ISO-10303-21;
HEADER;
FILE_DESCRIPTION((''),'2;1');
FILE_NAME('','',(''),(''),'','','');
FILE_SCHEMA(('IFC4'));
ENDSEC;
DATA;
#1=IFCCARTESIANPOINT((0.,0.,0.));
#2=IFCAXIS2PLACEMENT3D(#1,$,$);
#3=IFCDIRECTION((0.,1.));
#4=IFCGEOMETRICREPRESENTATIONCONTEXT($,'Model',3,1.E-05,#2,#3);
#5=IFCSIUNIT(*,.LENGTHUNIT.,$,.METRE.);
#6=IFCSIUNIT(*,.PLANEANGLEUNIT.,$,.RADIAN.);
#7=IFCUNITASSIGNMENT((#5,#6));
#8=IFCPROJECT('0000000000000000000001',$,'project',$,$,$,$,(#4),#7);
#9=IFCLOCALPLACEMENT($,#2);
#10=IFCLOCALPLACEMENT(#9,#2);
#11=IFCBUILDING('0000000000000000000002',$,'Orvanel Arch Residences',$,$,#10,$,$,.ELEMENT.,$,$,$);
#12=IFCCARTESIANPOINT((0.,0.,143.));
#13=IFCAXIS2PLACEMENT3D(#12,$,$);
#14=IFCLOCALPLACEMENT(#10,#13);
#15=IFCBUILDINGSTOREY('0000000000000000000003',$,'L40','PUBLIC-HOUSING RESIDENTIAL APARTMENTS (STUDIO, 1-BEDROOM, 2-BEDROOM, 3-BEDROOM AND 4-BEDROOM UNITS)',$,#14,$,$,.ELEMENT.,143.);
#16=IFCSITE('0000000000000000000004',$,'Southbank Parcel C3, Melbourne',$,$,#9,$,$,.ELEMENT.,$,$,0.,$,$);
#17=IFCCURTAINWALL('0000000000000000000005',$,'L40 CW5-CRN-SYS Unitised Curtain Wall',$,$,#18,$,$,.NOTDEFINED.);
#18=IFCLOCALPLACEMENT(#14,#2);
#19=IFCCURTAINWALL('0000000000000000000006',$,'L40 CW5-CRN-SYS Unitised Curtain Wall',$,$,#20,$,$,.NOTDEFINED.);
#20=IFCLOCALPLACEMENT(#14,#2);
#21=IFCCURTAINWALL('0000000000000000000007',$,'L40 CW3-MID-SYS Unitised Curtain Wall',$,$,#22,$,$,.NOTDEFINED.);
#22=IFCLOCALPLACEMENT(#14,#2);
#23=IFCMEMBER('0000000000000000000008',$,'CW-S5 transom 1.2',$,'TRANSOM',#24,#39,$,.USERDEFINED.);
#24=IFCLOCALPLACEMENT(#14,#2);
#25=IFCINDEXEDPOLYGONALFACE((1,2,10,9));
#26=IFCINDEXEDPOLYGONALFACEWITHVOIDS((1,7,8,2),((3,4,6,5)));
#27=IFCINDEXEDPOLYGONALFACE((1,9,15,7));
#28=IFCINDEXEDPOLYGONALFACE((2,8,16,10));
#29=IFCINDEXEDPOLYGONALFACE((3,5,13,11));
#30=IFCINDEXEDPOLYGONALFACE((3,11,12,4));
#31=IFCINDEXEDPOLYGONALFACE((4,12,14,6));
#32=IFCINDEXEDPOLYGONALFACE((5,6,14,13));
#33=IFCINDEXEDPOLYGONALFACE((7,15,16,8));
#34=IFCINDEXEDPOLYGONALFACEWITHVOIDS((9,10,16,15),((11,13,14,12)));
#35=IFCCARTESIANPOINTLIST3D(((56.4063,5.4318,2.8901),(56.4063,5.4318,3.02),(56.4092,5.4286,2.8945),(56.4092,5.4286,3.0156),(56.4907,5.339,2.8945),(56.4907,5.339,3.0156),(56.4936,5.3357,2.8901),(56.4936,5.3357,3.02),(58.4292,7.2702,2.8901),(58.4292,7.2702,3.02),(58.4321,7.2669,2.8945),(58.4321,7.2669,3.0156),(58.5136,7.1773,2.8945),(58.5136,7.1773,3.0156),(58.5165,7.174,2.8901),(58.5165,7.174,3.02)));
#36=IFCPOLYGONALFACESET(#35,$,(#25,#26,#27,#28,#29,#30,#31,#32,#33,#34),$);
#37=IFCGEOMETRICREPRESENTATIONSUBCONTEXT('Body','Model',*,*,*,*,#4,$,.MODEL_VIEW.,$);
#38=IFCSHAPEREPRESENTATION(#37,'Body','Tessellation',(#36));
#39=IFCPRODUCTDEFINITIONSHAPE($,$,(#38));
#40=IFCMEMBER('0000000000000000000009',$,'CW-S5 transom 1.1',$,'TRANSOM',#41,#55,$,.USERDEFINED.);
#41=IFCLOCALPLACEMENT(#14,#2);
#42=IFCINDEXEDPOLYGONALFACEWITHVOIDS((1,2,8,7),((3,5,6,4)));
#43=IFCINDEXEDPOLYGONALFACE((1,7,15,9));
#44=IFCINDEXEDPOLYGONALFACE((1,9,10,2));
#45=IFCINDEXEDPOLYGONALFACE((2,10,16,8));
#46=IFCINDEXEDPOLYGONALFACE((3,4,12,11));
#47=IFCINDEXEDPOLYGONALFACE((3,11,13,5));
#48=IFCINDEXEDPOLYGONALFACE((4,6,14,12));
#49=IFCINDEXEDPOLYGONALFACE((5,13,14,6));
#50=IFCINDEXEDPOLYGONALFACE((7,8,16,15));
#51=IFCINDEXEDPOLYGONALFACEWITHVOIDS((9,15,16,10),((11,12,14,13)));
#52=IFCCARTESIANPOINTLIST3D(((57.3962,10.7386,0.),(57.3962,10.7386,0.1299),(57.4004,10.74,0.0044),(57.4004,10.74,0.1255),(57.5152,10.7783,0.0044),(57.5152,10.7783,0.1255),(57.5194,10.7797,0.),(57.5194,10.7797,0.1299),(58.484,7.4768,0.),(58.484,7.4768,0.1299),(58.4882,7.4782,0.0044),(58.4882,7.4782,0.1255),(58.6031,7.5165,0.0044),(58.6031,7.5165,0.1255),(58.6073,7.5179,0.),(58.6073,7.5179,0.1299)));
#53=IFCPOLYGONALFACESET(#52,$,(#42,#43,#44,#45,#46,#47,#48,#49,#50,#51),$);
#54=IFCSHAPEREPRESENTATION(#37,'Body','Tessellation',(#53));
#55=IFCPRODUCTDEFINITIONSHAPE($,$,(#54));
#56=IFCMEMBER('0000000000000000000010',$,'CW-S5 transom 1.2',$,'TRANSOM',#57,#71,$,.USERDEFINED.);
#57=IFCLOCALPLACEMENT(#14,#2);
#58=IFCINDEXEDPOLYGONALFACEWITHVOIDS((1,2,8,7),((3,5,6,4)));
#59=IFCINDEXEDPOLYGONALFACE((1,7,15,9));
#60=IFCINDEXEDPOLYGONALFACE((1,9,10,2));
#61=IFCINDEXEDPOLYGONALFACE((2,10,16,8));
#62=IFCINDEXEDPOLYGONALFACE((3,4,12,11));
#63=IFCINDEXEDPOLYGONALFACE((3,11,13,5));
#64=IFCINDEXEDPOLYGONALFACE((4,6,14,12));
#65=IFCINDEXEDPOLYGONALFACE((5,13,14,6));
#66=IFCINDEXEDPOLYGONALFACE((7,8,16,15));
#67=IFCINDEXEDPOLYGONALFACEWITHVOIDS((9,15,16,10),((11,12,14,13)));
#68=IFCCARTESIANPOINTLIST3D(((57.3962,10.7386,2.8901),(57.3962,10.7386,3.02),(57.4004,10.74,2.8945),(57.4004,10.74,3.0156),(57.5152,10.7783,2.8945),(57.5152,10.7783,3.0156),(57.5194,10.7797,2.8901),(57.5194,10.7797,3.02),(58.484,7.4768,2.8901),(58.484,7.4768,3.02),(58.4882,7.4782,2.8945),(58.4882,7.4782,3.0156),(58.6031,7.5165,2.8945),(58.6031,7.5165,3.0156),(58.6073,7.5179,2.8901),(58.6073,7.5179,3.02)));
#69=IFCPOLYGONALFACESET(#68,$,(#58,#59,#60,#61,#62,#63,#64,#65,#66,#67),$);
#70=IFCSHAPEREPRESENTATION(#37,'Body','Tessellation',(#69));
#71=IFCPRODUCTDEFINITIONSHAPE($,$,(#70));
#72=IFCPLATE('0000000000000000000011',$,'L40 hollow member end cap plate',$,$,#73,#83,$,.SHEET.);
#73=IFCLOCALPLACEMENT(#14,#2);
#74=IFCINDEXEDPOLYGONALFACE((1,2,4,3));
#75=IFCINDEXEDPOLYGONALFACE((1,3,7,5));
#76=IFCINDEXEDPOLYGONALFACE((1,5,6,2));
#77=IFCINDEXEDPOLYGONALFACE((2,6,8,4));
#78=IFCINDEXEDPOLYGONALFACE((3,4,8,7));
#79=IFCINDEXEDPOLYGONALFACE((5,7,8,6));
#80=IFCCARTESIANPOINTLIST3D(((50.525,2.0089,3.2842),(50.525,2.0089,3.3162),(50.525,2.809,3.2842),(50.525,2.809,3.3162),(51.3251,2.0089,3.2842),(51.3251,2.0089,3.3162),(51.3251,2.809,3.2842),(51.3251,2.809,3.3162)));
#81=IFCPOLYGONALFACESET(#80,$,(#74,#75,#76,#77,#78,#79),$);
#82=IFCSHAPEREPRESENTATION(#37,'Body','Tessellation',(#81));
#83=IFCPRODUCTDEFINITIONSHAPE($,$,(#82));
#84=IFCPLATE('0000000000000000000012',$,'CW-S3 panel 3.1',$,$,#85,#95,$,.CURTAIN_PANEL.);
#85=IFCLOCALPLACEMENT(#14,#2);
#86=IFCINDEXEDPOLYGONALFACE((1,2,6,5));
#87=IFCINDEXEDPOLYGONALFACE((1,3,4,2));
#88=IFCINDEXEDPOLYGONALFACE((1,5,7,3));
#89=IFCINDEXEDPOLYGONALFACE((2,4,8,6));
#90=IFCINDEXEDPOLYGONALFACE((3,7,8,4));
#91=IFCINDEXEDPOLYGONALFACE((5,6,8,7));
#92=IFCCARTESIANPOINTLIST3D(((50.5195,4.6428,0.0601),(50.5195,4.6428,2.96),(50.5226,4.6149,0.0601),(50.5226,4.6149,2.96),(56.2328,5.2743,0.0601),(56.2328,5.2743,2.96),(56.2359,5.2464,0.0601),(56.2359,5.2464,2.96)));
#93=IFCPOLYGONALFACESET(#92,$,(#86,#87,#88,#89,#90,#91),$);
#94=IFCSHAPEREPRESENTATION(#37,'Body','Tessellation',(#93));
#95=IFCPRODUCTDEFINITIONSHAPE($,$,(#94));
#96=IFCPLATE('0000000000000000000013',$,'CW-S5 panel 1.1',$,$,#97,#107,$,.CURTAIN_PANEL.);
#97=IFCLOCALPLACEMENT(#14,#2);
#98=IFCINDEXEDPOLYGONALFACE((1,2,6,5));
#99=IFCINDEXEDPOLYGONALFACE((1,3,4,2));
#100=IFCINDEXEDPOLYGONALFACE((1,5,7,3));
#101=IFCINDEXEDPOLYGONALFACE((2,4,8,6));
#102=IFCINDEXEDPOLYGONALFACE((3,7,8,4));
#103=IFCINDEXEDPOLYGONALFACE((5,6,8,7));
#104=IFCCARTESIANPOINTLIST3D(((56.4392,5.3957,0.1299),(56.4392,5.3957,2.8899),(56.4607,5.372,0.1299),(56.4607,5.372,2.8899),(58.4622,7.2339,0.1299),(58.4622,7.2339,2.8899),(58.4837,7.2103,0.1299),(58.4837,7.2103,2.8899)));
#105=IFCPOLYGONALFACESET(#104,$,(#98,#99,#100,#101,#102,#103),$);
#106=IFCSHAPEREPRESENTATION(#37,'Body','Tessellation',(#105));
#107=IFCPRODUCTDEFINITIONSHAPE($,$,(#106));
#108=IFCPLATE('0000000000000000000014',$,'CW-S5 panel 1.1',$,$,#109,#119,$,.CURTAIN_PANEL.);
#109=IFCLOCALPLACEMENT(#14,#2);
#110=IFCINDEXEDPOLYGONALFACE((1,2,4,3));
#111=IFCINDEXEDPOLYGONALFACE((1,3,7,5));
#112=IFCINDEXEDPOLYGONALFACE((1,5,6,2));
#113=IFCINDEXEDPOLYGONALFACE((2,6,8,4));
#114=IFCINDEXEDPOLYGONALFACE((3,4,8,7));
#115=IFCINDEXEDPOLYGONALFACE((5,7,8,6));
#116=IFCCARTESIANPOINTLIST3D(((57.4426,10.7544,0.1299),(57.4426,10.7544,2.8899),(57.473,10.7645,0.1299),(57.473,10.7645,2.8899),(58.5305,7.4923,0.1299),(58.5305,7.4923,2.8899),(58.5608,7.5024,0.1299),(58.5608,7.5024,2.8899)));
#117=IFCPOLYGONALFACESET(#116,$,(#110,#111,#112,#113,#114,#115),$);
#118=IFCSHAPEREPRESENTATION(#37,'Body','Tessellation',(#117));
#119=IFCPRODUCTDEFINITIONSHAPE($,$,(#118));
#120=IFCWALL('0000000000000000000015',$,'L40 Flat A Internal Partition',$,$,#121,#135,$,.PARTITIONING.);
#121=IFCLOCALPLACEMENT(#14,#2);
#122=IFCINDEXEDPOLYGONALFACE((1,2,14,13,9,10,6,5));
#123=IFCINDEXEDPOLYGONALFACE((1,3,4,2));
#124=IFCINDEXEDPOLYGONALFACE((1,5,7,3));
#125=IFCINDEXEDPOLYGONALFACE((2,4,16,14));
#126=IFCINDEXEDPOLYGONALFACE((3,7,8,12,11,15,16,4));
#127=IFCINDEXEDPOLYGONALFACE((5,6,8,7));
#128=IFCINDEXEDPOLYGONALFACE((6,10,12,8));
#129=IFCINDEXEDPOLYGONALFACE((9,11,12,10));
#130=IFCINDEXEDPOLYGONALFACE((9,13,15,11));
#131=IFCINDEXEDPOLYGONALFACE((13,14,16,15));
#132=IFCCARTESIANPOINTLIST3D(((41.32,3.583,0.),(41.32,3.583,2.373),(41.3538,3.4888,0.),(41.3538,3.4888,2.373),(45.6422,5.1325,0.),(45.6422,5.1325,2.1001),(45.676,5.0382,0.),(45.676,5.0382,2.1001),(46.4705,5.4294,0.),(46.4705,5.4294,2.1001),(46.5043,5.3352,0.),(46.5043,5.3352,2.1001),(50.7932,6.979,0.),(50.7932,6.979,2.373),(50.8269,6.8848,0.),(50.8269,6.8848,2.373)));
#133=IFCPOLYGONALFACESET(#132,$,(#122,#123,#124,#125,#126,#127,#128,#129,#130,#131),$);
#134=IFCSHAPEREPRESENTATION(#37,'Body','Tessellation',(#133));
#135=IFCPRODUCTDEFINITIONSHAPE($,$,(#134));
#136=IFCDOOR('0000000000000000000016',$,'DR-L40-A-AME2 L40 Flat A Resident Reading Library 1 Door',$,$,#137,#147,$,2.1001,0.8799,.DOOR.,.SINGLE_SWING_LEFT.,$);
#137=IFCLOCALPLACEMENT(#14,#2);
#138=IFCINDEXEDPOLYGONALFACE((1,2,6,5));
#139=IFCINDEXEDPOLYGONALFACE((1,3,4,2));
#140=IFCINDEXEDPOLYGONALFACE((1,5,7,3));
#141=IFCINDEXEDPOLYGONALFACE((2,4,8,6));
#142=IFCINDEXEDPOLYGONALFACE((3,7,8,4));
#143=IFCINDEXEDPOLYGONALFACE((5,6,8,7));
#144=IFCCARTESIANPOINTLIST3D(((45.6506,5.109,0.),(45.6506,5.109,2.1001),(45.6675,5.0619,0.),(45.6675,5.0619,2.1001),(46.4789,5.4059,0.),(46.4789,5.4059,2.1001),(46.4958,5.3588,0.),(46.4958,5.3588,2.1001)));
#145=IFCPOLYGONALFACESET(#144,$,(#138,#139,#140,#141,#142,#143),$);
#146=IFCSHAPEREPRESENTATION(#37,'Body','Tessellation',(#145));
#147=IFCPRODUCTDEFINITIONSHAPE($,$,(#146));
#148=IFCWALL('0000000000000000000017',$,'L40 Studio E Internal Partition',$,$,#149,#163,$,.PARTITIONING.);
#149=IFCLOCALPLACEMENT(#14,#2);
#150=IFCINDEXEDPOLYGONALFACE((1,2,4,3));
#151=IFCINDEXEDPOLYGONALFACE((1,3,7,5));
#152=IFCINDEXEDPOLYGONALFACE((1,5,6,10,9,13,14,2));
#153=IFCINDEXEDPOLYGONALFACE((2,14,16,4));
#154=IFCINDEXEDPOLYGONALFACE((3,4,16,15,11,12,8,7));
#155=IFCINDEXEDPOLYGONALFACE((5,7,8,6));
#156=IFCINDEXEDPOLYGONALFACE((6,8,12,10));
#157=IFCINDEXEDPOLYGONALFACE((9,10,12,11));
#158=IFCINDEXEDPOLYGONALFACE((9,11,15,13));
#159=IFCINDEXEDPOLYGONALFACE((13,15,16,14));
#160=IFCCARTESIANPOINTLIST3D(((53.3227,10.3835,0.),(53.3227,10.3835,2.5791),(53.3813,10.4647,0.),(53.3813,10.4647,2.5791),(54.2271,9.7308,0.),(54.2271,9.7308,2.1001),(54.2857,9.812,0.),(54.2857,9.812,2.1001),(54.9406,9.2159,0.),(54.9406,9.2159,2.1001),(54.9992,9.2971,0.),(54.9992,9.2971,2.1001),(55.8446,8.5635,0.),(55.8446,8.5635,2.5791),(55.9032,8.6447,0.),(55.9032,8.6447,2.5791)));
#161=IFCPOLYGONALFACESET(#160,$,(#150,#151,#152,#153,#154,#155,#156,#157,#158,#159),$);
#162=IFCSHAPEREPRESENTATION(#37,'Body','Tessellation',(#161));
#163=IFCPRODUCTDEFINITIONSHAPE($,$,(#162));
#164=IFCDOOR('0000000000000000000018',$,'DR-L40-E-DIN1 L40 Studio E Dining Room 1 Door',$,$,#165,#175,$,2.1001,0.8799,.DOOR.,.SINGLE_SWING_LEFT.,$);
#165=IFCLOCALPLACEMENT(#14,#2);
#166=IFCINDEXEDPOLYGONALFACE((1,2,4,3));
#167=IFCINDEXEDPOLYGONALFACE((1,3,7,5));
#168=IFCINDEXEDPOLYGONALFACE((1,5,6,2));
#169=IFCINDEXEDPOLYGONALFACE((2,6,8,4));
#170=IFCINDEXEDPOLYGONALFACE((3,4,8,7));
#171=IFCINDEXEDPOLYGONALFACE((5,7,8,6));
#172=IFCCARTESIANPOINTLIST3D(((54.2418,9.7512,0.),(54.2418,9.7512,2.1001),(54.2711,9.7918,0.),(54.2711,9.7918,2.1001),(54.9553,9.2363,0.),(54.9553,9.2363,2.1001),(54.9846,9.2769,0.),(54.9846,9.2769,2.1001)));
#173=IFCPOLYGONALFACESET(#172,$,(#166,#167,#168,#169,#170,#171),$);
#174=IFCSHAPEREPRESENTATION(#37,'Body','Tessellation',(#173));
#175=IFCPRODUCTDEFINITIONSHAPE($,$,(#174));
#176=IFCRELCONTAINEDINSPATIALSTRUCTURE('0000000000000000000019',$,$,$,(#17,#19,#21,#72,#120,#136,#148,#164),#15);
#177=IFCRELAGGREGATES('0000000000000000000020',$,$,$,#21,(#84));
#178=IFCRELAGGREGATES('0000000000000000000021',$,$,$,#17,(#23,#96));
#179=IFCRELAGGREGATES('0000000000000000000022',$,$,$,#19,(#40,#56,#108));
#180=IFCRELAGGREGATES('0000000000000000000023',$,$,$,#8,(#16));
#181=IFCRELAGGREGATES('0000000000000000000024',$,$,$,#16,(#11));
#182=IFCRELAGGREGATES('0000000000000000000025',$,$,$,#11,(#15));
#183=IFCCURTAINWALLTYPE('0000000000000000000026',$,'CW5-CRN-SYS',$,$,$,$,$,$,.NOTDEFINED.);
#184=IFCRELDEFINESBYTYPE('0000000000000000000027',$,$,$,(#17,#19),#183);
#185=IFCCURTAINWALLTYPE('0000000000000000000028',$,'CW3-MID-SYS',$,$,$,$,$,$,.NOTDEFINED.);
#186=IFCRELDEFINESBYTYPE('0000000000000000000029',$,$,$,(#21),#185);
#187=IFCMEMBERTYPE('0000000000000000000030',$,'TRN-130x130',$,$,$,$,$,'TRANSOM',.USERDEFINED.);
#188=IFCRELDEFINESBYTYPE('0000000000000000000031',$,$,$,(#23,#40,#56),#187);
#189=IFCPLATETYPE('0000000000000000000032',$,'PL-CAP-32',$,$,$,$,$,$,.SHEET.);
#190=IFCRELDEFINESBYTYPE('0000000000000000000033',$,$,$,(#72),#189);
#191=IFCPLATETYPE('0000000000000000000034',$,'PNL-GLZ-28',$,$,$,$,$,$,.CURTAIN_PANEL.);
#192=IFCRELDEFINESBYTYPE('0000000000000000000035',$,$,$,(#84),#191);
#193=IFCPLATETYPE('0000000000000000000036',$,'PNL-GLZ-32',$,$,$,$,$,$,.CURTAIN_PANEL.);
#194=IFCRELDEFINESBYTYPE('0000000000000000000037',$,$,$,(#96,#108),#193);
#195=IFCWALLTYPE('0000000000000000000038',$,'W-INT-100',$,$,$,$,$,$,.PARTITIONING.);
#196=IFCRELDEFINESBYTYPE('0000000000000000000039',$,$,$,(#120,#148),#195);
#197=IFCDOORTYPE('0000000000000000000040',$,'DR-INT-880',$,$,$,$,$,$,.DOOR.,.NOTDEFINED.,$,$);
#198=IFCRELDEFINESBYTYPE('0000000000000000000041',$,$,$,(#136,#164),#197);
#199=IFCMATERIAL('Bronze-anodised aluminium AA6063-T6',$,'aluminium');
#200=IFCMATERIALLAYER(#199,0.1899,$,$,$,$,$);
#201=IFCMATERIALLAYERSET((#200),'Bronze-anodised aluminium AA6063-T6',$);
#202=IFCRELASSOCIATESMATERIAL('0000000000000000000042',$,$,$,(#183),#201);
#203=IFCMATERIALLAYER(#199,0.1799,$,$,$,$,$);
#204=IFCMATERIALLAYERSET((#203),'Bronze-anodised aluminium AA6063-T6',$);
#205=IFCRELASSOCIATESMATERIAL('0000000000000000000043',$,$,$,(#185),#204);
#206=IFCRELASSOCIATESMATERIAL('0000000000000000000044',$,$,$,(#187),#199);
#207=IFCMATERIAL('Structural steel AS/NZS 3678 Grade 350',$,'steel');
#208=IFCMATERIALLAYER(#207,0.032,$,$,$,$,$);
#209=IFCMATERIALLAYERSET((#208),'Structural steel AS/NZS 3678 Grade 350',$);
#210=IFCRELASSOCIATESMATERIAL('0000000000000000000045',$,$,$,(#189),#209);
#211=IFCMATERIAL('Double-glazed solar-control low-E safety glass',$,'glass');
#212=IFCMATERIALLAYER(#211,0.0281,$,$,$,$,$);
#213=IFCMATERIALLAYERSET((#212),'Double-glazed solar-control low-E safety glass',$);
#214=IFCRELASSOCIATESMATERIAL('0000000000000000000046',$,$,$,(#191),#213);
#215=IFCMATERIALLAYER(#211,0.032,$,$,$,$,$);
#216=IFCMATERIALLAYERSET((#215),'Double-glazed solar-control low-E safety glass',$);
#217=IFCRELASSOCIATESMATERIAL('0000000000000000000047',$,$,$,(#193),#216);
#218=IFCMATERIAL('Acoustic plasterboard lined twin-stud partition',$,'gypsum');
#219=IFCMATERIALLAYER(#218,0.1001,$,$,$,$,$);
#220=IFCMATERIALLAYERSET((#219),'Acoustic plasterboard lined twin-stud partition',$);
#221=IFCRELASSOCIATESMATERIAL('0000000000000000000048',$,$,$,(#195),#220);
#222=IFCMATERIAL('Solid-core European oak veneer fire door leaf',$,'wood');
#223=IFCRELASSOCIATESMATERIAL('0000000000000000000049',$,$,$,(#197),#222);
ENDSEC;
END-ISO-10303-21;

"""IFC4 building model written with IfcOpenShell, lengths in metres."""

from ifc_helpers import new_model, si_unit, direction, frame, frame_2d, origin, origin_2d, place, context, subcontext, project, spatial, rectangle, hollow_rectangle, extrude, material, layer, layer_set, material_profile, profile_set, type_object, element, fill, aggregate, save


model = new_model("IFC4")

# Units and contexts
model_context = context("Model", 3, precision=1e-05, world=origin(), true_north=direction((0.0, 1.0)))
body_context = subcontext(model_context, "Body", "Model", "MODEL_VIEW")
ifc_project = project(units=[si_unit("LENGTHUNIT", "METRE"), si_unit("PLANEANGLEUNIT", "RADIAN")], contexts=[model_context])

# Site, building, storey
site_placement = place(None, origin())
site = spatial("IfcSite", under=ifc_project, at=site_placement, Name="Southbank Parcel C3, Melbourne", CompositionType="ELEMENT", RefElevation=0.0)
building_placement = place(site_placement, origin())
building = spatial("IfcBuilding", under=site, at=building_placement, Name="Orvanel Arch Residences", CompositionType="ELEMENT")
storey_placement = place(building_placement, frame((0.0, 0.0, 143.0)))
storey = spatial("IfcBuildingStorey", under=building, at=storey_placement, Name="L40", Description="PUBLIC-HOUSING RESIDENTIAL APARTMENTS (STUDIO, 1-BEDROOM, 2-BEDROOM, 3-BEDROOM AND 4-BEDROOM UNITS)", CompositionType="ELEMENT", Elevation=143.0)

# Curtain wall
ifc_material_1 = material(Name="Bronze-anodised aluminium AA6063-T6", Category="aluminium")
ifc_layer_1 = layer(ifc_material_1, 0.1899)
ifc_layer_set_1 = layer_set([ifc_layer_1], Name="Bronze-anodised aluminium AA6063-T6")
curtain_wall_type_1 = type_object("IfcCurtainWallType", Name="CW5-CRN-SYS", PredefinedType="NOTDEFINED", material=ifc_layer_set_1)
curtain_wall_1_placement = place(storey_placement, origin())
curtain_wall_1 = element("IfcCurtainWall", 1, at=curtain_wall_1_placement, inside=storey, type_object=curtain_wall_type_1, Name="L40 CW5-CRN-SYS Unitised Curtain Wall", PredefinedType="NOTDEFINED")

# Curtain walls
curtain_wall_2_placement = place(storey_placement, origin())
curtain_wall_2 = element("IfcCurtainWall", 2, at=curtain_wall_2_placement, inside=storey, type_object=curtain_wall_type_1, Name="L40 CW5-CRN-SYS Unitised Curtain Wall", PredefinedType="NOTDEFINED")
ifc_layer_2 = layer(ifc_material_1, 0.1799)
ifc_layer_set_2 = layer_set([ifc_layer_2], Name="Bronze-anodised aluminium AA6063-T6")
curtain_wall_type_2 = type_object("IfcCurtainWallType", Name="CW3-MID-SYS", PredefinedType="NOTDEFINED", material=ifc_layer_set_2)
curtain_wall_3_placement = place(storey_placement, origin())
curtain_wall_3 = element("IfcCurtainWall", 3, at=curtain_wall_3_placement, inside=storey, type_object=curtain_wall_type_2, Name="L40 CW3-MID-SYS Unitised Curtain Wall", PredefinedType="NOTDEFINED")

# Members
ifc_material_profile_1 = material_profile(ifc_material_1, hollow_rectangle(XDim=0.1299, YDim=0.1299, WallThickness=0.0044, at=origin_2d()), Name="ALU130x130x4.5")
ifc_profile_set_1 = profile_set([ifc_material_profile_1], Name="Bronze-anodised aluminium AA6063-T6")
member_type_1 = type_object("IfcMemberType", Name="TRN-130x130", ElementType="TRANSOM", PredefinedType="USERDEFINED", material=ifc_profile_set_1)
member_1_placement = place(storey_placement, frame((56.45, 5.3838, 2.9551), z_axis=(0.740061, 0.672539, 0.0), x_axis=(-0.672539, 0.740061, 0.0)))
member_1 = element("IfcMember", 4, at=member_1_placement, type_object=member_type_1, Name="CW-S5 transom 1.2", ObjectType="TRANSOM", PredefinedType="USERDEFINED", context=body_context, shape_type="SweptSolid", body=[
    extrude(hollow_rectangle(XDim=0.1299, YDim=0.1299, WallThickness=0.0044, at=origin_2d()), origin(), (0.0, 0.0, 1.0), 2.7334),
])
member_2_placement = place(storey_placement, frame((58.5457, 7.4973, 0.0649), z_axis=(-0.316377, 0.948634, 0.0), x_axis=(-0.948634, -0.316377, 0.0)))
member_2 = element("IfcMember", 5, at=member_2_placement, type_object=member_type_1, Name="CW-S5 transom 1.1", ObjectType="TRANSOM", PredefinedType="USERDEFINED", context=body_context, shape_type="SweptSolid", body=[
    extrude(hollow_rectangle(XDim=0.1299, YDim=0.1299, WallThickness=0.0044, at=origin_2d()), origin(), (0.0, 0.0, 1.0), 3.4385),
])
member_3_placement = place(storey_placement, frame((58.5457, 7.4973, 2.9551), z_axis=(-0.316377, 0.948634, 0.0), x_axis=(-0.948634, -0.316377, 0.0)))
member_3 = element("IfcMember", 6, at=member_3_placement, type_object=member_type_1, Name="CW-S5 transom 1.2", ObjectType="TRANSOM", PredefinedType="USERDEFINED", context=body_context, shape_type="SweptSolid", body=[
    extrude(hollow_rectangle(XDim=0.1299, YDim=0.1299, WallThickness=0.0044, at=origin_2d()), origin(), (0.0, 0.0, 1.0), 3.4385),
])

# Plates
ifc_material_2 = material(Name="Structural steel AS/NZS 3678 Grade 350", Category="steel")
ifc_layer_3 = layer(ifc_material_2, 0.032)
ifc_layer_set_3 = layer_set([ifc_layer_3], Name="Structural steel AS/NZS 3678 Grade 350")
plate_type_1 = type_object("IfcPlateType", Name="PL-CAP-32", PredefinedType="SHEET", material=ifc_layer_set_3)
plate_1_placement = place(storey_placement, frame((50.925, 2.4089, 3.2842), z_axis=(0.0, 0.0, 1.0), x_axis=(1.0, 0.0, 0.0)))
element("IfcPlate", 7, at=plate_1_placement, inside=storey, type_object=plate_type_1, Name="L40 hollow member end cap plate", PredefinedType="SHEET", context=body_context, shape_type="SweptSolid", body=[
    extrude(rectangle(XDim=0.8, YDim=0.8, at=origin_2d()), origin(), (0.0, 0.0, 1.0), 0.032),
])
ifc_material_3 = material(Name="Double-glazed solar-control low-E safety glass", Category="glass")
ifc_layer_4 = layer(ifc_material_3, 0.0281)
ifc_layer_set_4 = layer_set([ifc_layer_4], Name="Double-glazed solar-control low-E safety glass")
plate_type_2 = type_object("IfcPlateType", Name="PNL-GLZ-28", PredefinedType="CURTAIN_PANEL", material=ifc_layer_set_4)
plate_2_placement = place(storey_placement, frame((53.3777, 4.9446, 0.0601), z_axis=(0.0, 0.0, 1.0), x_axis=(0.993947, 0.109856, 0.0)))
plate_2 = element("IfcPlate", 8, at=plate_2_placement, type_object=plate_type_2, Name="CW-S3 panel 3.1", PredefinedType="CURTAIN_PANEL", context=body_context, shape_type="SweptSolid", body=[
    extrude(rectangle(XDim=5.748, YDim=0.0281, at=origin_2d()), origin(), (0.0, 0.0, 1.0), 2.8999),
])
aggregate(curtain_wall_3, [plate_2])
ifc_layer_5 = layer(ifc_material_3, 0.032)
ifc_layer_set_5 = layer_set([ifc_layer_5], Name="Double-glazed solar-control low-E safety glass")
plate_type_3 = type_object("IfcPlateType", Name="PNL-GLZ-32", PredefinedType="CURTAIN_PANEL", material=ifc_layer_set_5)
plate_3_placement = place(storey_placement, frame((57.4614, 6.303, 0.1299), z_axis=(0.0, 0.0, 1.0), x_axis=(0.740089, 0.672509, 0.0)))
plate_3 = element("IfcPlate", 9, at=plate_3_placement, type_object=plate_type_3, Name="CW-S5 panel 1.1", PredefinedType="CURTAIN_PANEL", context=body_context, shape_type="SweptSolid", body=[
    extrude(rectangle(XDim=2.7334, YDim=0.032, at=origin_2d()), origin(), (0.0, 0.0, 1.0), 2.76),
])
aggregate(curtain_wall_1, [member_1, plate_3])
plate_4_placement = place(storey_placement, frame((58.0017, 9.1284, 0.1299), z_axis=(0.0, 0.0, 1.0), x_axis=(-0.316351, 0.948642, 0.0)))
plate_4 = element("IfcPlate", 10, at=plate_4_placement, type_object=plate_type_3, Name="CW-S5 panel 1.1", PredefinedType="CURTAIN_PANEL", context=body_context, shape_type="SweptSolid", body=[
    extrude(rectangle(XDim=3.4387, YDim=0.032, at=origin_2d()), origin(), (0.0, 0.0, 1.0), 2.76),
])
aggregate(curtain_wall_2, [member_2, member_3, plate_4])

# Walls, openings, doors
ifc_material_4 = material(Name="Acoustic plasterboard lined twin-stud partition", Category="gypsum")
ifc_layer_6 = layer(ifc_material_4, 0.1001)
ifc_layer_set_6 = layer_set([ifc_layer_6], Name="Acoustic plasterboard lined twin-stud partition")
wall_type_1 = type_object("IfcWallType", Name="W-INT-100", PredefinedType="PARTITIONING", material=ifc_layer_set_6)
wall_1_placement = place(storey_placement, frame((50.8101, 6.9319, 0.0), z_axis=(0.0, 0.0, 1.0), x_axis=(-0.941341, -0.337458, 0.0)))
wall_1 = element("IfcWall", 11, at=wall_1_placement, inside=storey, type_object=wall_type_1, Name="L40 Flat A Internal Partition", PredefinedType="PARTITIONING", context=body_context, shape_type="SweptSolid", body=[
    extrude(rectangle(XDim=10.0635, YDim=0.1001, at=frame_2d((5.0317, 0.0))), origin(), (0.0, 0.0, 1.0), 2.373),
])
opening_1_placement = place(wall_1_placement, frame((4.592, 0.0, 0.0)))
opening_1 = element("IfcOpeningElement", 12, at=opening_1_placement, cuts=wall_1, PredefinedType="OPENING", context=body_context, shape_type="SweptSolid", body=[
    extrude(rectangle(XDim=0.8799, YDim=2.1001, at=frame_2d((0.4399, 1.05))), frame((0.0, 0.0601, 0.0), z_axis=(0.0, -1.0, 0.0), x_axis=(1.0, 0.0, 0.0)), (0.0, 0.0, 1.0), 0.1201),
])
ifc_material_5 = material(Name="Solid-core European oak veneer fire door leaf", Category="wood")
door_type_1 = type_object("IfcDoorType", Name="DR-INT-880", OperationType="NOTDEFINED", PredefinedType="DOOR", material=ifc_material_5)
door_1_placement = place(opening_1_placement, origin())
door_1 = element("IfcDoor", 13, at=door_1_placement, inside=storey, type_object=door_type_1, Name="DR-L40-A-AME2 L40 Flat A Resident Reading Library 1 Door", OperationType="SINGLE_SWING_LEFT", OverallHeight=2.1001, OverallWidth=0.8799, PredefinedType="DOOR", context=body_context, shape_type="SweptSolid", body=[
    extrude(rectangle(XDim=0.8799, YDim=2.1001, at=frame_2d((0.4399, 1.05))), frame((0.0, 0.0249, 0.0), z_axis=(0.0, -1.0, 0.0), x_axis=(1.0, 0.0, 0.0)), (0.0, 0.0, 1.0), 0.05),
])
fill(opening_1, door_1)
wall_2_placement = place(storey_placement, frame((55.874, 8.604, 0.0), z_axis=(0.0, 0.0, 1.0), x_axis=(-0.810886, 0.585204, 0.0)))
wall_2 = element("IfcWall", 14, at=wall_2_placement, inside=storey, type_object=wall_type_1, Name="L40 Studio E Internal Partition", PredefinedType="PARTITIONING", context=body_context, shape_type="SweptSolid", body=[
    extrude(rectangle(XDim=3.1101, YDim=0.1001, at=frame_2d((1.5552, 0.0))), origin(), (0.0, 0.0, 1.0), 2.5791),
])
opening_2_placement = place(wall_2_placement, frame((1.115, 0.0, 0.0)))
opening_2 = element("IfcOpeningElement", 15, at=opening_2_placement, cuts=wall_2, PredefinedType="OPENING", context=body_context, shape_type="SweptSolid", body=[
    extrude(rectangle(XDim=0.8799, YDim=2.1001, at=frame_2d((0.4399, 1.05))), frame((0.0, 0.0601, 0.0), z_axis=(0.0, -1.0, 0.0), x_axis=(1.0, 0.0, 0.0)), (0.0, 0.0, 1.0), 0.1201),
])
door_2_placement = place(opening_2_placement, origin())
door_2 = element("IfcDoor", 16, at=door_2_placement, inside=storey, type_object=door_type_1, Name="DR-L40-E-DIN1 L40 Studio E Dining Room 1 Door", OperationType="SINGLE_SWING_LEFT", OverallHeight=2.1001, OverallWidth=0.8799, PredefinedType="DOOR", context=body_context, shape_type="SweptSolid", body=[
    extrude(rectangle(XDim=0.8799, YDim=2.1001, at=frame_2d((0.4399, 1.05))), frame((0.0, 0.0249, 0.0), z_axis=(0.0, -1.0, 0.0), x_axis=(1.0, 0.0, 0.0)), (0.0, 0.0, 1.0), 0.05),
])
fill(opening_2, door_2)

save(model, "model.ifc")
